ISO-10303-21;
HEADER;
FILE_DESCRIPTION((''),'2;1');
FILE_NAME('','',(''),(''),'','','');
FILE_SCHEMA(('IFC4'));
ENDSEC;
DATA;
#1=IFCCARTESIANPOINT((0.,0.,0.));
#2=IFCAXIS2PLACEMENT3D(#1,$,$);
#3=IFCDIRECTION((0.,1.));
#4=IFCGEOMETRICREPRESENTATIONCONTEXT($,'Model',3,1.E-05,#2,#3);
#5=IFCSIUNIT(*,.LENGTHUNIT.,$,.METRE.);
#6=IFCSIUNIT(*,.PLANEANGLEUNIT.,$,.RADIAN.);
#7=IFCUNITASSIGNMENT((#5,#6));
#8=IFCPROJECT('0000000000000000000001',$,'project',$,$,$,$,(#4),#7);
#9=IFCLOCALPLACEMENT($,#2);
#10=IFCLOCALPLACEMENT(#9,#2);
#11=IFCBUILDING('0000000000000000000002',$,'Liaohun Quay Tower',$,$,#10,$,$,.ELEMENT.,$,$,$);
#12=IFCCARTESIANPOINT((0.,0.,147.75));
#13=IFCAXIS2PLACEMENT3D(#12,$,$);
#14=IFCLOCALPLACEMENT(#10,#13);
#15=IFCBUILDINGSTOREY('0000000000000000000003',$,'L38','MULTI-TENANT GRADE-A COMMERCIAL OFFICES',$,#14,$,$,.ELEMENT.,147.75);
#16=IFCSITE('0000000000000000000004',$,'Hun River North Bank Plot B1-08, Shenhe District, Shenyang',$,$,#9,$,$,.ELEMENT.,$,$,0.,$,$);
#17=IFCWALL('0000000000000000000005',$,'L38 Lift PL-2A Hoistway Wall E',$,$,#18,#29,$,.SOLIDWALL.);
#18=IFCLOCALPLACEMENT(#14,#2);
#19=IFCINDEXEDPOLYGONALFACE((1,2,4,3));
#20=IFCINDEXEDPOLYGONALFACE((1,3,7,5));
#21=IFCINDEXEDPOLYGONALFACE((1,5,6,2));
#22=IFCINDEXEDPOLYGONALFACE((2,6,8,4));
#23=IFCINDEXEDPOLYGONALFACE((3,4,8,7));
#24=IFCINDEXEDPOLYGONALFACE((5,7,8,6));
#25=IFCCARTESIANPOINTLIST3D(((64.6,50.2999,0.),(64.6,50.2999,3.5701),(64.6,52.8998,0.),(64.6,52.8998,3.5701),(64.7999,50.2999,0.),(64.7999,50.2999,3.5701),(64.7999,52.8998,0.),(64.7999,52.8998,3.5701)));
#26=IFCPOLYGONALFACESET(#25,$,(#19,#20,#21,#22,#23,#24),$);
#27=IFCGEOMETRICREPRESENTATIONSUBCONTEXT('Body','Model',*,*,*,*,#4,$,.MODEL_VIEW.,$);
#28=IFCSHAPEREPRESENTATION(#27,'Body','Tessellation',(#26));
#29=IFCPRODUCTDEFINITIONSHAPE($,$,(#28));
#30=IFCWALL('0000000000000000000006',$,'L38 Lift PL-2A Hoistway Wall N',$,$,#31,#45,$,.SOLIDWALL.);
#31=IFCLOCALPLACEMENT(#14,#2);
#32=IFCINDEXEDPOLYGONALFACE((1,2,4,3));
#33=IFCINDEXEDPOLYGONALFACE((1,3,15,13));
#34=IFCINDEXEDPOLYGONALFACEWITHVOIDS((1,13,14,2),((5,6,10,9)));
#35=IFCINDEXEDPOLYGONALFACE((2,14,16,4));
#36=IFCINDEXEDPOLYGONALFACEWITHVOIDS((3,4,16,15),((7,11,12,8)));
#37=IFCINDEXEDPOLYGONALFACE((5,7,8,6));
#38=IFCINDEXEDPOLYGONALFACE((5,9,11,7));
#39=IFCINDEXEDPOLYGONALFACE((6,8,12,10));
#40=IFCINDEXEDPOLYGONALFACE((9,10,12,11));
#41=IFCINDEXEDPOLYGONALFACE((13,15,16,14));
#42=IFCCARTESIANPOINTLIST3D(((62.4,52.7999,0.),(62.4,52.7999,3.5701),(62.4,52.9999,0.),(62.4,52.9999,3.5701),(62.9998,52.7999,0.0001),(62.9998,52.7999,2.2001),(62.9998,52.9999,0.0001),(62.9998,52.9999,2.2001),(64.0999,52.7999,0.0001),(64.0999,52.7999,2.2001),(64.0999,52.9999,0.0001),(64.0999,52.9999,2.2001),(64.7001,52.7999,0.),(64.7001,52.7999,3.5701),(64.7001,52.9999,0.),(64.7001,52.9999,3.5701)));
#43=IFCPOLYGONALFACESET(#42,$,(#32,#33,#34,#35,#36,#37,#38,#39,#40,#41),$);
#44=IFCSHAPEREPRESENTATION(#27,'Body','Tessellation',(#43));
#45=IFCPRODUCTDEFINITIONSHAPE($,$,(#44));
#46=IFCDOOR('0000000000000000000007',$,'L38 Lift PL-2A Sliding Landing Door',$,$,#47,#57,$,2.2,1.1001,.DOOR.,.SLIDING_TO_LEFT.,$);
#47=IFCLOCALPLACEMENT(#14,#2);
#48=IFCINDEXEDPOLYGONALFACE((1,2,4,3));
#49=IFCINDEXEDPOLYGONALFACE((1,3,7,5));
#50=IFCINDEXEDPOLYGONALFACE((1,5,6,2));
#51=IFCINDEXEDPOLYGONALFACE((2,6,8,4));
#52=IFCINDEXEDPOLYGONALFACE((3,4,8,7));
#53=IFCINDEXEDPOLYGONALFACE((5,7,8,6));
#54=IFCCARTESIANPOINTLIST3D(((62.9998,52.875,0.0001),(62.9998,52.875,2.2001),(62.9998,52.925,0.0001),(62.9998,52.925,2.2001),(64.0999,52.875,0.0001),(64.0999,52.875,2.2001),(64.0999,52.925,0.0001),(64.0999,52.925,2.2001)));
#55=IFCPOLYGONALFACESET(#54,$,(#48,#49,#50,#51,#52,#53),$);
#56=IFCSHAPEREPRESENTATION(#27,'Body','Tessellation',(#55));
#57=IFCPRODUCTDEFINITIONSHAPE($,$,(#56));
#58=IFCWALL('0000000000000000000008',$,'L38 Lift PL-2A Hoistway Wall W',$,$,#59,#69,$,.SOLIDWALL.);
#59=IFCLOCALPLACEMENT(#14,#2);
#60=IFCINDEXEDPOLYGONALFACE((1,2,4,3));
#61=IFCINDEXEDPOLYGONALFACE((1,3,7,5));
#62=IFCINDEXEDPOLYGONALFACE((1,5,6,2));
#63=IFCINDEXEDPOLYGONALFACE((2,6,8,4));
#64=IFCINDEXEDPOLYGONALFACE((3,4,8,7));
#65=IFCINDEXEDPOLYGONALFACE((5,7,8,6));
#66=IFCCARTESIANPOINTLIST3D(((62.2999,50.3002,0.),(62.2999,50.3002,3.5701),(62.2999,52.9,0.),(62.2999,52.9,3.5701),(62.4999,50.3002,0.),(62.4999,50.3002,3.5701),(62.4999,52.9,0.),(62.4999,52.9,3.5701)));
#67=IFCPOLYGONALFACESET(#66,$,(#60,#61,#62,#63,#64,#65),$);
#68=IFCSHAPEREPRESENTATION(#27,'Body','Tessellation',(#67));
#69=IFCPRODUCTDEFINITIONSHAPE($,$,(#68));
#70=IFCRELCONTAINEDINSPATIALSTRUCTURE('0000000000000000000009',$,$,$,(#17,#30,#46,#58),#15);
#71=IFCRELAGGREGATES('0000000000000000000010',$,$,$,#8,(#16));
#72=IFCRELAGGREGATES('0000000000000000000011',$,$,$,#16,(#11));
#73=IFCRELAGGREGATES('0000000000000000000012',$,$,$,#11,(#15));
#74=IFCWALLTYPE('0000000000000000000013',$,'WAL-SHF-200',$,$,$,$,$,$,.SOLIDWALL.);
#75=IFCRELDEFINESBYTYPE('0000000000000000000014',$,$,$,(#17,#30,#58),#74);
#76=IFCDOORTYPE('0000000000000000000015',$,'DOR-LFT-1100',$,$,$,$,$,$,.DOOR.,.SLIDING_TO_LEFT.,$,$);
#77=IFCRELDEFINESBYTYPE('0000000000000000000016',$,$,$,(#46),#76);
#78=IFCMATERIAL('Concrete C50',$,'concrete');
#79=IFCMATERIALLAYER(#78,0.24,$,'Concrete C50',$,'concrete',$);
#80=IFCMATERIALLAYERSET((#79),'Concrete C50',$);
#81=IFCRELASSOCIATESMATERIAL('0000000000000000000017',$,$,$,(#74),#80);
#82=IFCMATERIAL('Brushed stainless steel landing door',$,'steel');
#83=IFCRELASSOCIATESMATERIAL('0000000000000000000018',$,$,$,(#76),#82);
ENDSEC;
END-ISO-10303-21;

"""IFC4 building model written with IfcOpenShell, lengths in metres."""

from ifc_helpers import new_model, si_unit, direction, frame, frame_2d, origin, place, context, subcontext, project, spatial, rectangle, extrude, source, transform, mapped, material, layer, layer_set, type_object, element, fill, save


model = new_model("IFC4")

# Units and contexts
model_context = context("Model", 3, precision=1e-05, world=origin(), true_north=direction((0.0, 1.0)))
body_context = subcontext(model_context, "Body", "Model", "MODEL_VIEW")
ifc_project = project(units=[si_unit("LENGTHUNIT", "METRE"), si_unit("PLANEANGLEUNIT", "RADIAN")], contexts=[model_context])

# Site, building, storey
site_placement = place(None, origin())
site = spatial("IfcSite", under=ifc_project, at=site_placement, Name="Hun River North Bank Plot B1-08, Shenhe District, Shenyang", CompositionType="ELEMENT", RefElevation=0.0)
building_placement = place(site_placement, origin())
building = spatial("IfcBuilding", under=site, at=building_placement, Name="Liaohun Quay Tower", CompositionType="ELEMENT")
storey_placement = place(building_placement, frame((0.0, 0.0, 147.75)))
storey = spatial("IfcBuildingStorey", under=building, at=storey_placement, Name="L38", Description="MULTI-TENANT GRADE-A COMMERCIAL OFFICES", CompositionType="ELEMENT", Elevation=147.75)

# Shared definitions
ifc_material_1 = material(Name="Concrete C50", Category="concrete")
ifc_layer_1 = layer(ifc_material_1, 0.24, Name="Concrete C50", Category="concrete")
ifc_layer_set_1 = layer_set([ifc_layer_1], Name="Concrete C50")
wall_type_1 = type_object("IfcWallType", Name="WAL-SHF-200", PredefinedType="SOLIDWALL", material=ifc_layer_set_1)

# Wall
wall_1_placement = place(storey_placement, frame((64.7, 50.3, 0.0), z_axis=(0.0, 0.0, 1.0), x_axis=(0.0, 1.0, 0.0)))
element("IfcWall", 1, at=wall_1_placement, inside=storey, type_object=wall_type_1, Name="L38 Lift PL-2A Hoistway Wall E", PredefinedType="SOLIDWALL", context=body_context, shape_type="SweptSolid", body=[
    extrude(rectangle(XDim=2.5999, YDim=0.2, at=frame_2d((1.2998, 0.0))), origin(), (0.0, 0.0, 1.0), 3.5701),
])

# Wall, opening, door
wall_2_placement = place(storey_placement, frame((64.7, 52.8999, 0.0), z_axis=(0.0, 0.0, 1.0), x_axis=(-1.0, 0.0, 0.0)))
wall_2 = element("IfcWall", 2, at=wall_2_placement, inside=storey, type_object=wall_type_1, Name="L38 Lift PL-2A Hoistway Wall N", PredefinedType="SOLIDWALL", context=body_context, shape_type="SweptSolid", body=[
    extrude(rectangle(XDim=2.3, YDim=0.2, at=frame_2d((1.1499, 0.0))), origin(), (0.0, 0.0, 1.0), 3.5701),
])
shared_shape_1 = source(origin(), body_context, "Body", "SweptSolid", [
    extrude(rectangle(XDim=1.1001, YDim=2.2, at=frame_2d((0.55, 1.1001))), frame((0.0, 0.1099, 0.0), z_axis=(0.0, -1.0, 0.0), x_axis=(1.0, 0.0, 0.0)), (0.0, 0.0, 1.0), 0.22),
])
opening_1_placement = place(wall_2_placement, frame((0.6001, 0.0, 0.0)))
opening_1 = element("IfcOpeningElement", 3, at=opening_1_placement, cuts=wall_2, PredefinedType="OPENING", context=body_context, shape_type="MappedRepresentation", body=[
    mapped(shared_shape_1, transform((0.0, 0.0, 0.0), x_axis=(1.0, 0.0, 0.0), y_axis=(0.0, 1.0, 0.0), z_axis=(0.0, 0.0, 1.0), scale=1.0)),
])
ifc_material_2 = material(Name="Brushed stainless steel landing door", Category="steel")
door_type_1 = type_object("IfcDoorType", Name="DOR-LFT-1100", OperationType="SLIDING_TO_LEFT", PredefinedType="DOOR", material=ifc_material_2)
shared_shape_2 = source(origin(), body_context, "Body", "SweptSolid", [
    extrude(rectangle(XDim=1.1001, YDim=2.2, at=frame_2d((0.55, 1.1001))), frame((0.0, 0.0249, 0.0), z_axis=(0.0, -1.0, 0.0), x_axis=(1.0, 0.0, 0.0)), (0.0, 0.0, 1.0), 0.05),
])
door_1_placement = place(opening_1_placement, origin())
door_1 = element("IfcDoor", 4, at=door_1_placement, inside=storey, type_object=door_type_1, Name="L38 Lift PL-2A Sliding Landing Door", OperationType="SLIDING_TO_LEFT", OverallHeight=2.2, OverallWidth=1.1001, PredefinedType="DOOR", context=body_context, shape_type="MappedRepresentation", body=[
    mapped(shared_shape_2, transform((0.0, 0.0, 0.0), x_axis=(1.0, 0.0, 0.0), y_axis=(0.0, 1.0, 0.0), z_axis=(0.0, 0.0, 1.0), scale=1.0)),
])
fill(opening_1, door_1)

# Wall
wall_3_placement = place(storey_placement, frame((62.3999, 52.8999, 0.0), z_axis=(0.0, 0.0, 1.0), x_axis=(0.0, -1.0, 0.0)))
element("IfcWall", 5, at=wall_3_placement, inside=storey, type_object=wall_type_1, Name="L38 Lift PL-2A Hoistway Wall W", PredefinedType="SOLIDWALL", context=body_context, shape_type="SweptSolid", body=[
    extrude(rectangle(XDim=2.5999, YDim=0.2, at=frame_2d((1.2998, 0.0))), origin(), (0.0, 0.0, 1.0), 3.5701),
])

save(model, "model.ifc")
